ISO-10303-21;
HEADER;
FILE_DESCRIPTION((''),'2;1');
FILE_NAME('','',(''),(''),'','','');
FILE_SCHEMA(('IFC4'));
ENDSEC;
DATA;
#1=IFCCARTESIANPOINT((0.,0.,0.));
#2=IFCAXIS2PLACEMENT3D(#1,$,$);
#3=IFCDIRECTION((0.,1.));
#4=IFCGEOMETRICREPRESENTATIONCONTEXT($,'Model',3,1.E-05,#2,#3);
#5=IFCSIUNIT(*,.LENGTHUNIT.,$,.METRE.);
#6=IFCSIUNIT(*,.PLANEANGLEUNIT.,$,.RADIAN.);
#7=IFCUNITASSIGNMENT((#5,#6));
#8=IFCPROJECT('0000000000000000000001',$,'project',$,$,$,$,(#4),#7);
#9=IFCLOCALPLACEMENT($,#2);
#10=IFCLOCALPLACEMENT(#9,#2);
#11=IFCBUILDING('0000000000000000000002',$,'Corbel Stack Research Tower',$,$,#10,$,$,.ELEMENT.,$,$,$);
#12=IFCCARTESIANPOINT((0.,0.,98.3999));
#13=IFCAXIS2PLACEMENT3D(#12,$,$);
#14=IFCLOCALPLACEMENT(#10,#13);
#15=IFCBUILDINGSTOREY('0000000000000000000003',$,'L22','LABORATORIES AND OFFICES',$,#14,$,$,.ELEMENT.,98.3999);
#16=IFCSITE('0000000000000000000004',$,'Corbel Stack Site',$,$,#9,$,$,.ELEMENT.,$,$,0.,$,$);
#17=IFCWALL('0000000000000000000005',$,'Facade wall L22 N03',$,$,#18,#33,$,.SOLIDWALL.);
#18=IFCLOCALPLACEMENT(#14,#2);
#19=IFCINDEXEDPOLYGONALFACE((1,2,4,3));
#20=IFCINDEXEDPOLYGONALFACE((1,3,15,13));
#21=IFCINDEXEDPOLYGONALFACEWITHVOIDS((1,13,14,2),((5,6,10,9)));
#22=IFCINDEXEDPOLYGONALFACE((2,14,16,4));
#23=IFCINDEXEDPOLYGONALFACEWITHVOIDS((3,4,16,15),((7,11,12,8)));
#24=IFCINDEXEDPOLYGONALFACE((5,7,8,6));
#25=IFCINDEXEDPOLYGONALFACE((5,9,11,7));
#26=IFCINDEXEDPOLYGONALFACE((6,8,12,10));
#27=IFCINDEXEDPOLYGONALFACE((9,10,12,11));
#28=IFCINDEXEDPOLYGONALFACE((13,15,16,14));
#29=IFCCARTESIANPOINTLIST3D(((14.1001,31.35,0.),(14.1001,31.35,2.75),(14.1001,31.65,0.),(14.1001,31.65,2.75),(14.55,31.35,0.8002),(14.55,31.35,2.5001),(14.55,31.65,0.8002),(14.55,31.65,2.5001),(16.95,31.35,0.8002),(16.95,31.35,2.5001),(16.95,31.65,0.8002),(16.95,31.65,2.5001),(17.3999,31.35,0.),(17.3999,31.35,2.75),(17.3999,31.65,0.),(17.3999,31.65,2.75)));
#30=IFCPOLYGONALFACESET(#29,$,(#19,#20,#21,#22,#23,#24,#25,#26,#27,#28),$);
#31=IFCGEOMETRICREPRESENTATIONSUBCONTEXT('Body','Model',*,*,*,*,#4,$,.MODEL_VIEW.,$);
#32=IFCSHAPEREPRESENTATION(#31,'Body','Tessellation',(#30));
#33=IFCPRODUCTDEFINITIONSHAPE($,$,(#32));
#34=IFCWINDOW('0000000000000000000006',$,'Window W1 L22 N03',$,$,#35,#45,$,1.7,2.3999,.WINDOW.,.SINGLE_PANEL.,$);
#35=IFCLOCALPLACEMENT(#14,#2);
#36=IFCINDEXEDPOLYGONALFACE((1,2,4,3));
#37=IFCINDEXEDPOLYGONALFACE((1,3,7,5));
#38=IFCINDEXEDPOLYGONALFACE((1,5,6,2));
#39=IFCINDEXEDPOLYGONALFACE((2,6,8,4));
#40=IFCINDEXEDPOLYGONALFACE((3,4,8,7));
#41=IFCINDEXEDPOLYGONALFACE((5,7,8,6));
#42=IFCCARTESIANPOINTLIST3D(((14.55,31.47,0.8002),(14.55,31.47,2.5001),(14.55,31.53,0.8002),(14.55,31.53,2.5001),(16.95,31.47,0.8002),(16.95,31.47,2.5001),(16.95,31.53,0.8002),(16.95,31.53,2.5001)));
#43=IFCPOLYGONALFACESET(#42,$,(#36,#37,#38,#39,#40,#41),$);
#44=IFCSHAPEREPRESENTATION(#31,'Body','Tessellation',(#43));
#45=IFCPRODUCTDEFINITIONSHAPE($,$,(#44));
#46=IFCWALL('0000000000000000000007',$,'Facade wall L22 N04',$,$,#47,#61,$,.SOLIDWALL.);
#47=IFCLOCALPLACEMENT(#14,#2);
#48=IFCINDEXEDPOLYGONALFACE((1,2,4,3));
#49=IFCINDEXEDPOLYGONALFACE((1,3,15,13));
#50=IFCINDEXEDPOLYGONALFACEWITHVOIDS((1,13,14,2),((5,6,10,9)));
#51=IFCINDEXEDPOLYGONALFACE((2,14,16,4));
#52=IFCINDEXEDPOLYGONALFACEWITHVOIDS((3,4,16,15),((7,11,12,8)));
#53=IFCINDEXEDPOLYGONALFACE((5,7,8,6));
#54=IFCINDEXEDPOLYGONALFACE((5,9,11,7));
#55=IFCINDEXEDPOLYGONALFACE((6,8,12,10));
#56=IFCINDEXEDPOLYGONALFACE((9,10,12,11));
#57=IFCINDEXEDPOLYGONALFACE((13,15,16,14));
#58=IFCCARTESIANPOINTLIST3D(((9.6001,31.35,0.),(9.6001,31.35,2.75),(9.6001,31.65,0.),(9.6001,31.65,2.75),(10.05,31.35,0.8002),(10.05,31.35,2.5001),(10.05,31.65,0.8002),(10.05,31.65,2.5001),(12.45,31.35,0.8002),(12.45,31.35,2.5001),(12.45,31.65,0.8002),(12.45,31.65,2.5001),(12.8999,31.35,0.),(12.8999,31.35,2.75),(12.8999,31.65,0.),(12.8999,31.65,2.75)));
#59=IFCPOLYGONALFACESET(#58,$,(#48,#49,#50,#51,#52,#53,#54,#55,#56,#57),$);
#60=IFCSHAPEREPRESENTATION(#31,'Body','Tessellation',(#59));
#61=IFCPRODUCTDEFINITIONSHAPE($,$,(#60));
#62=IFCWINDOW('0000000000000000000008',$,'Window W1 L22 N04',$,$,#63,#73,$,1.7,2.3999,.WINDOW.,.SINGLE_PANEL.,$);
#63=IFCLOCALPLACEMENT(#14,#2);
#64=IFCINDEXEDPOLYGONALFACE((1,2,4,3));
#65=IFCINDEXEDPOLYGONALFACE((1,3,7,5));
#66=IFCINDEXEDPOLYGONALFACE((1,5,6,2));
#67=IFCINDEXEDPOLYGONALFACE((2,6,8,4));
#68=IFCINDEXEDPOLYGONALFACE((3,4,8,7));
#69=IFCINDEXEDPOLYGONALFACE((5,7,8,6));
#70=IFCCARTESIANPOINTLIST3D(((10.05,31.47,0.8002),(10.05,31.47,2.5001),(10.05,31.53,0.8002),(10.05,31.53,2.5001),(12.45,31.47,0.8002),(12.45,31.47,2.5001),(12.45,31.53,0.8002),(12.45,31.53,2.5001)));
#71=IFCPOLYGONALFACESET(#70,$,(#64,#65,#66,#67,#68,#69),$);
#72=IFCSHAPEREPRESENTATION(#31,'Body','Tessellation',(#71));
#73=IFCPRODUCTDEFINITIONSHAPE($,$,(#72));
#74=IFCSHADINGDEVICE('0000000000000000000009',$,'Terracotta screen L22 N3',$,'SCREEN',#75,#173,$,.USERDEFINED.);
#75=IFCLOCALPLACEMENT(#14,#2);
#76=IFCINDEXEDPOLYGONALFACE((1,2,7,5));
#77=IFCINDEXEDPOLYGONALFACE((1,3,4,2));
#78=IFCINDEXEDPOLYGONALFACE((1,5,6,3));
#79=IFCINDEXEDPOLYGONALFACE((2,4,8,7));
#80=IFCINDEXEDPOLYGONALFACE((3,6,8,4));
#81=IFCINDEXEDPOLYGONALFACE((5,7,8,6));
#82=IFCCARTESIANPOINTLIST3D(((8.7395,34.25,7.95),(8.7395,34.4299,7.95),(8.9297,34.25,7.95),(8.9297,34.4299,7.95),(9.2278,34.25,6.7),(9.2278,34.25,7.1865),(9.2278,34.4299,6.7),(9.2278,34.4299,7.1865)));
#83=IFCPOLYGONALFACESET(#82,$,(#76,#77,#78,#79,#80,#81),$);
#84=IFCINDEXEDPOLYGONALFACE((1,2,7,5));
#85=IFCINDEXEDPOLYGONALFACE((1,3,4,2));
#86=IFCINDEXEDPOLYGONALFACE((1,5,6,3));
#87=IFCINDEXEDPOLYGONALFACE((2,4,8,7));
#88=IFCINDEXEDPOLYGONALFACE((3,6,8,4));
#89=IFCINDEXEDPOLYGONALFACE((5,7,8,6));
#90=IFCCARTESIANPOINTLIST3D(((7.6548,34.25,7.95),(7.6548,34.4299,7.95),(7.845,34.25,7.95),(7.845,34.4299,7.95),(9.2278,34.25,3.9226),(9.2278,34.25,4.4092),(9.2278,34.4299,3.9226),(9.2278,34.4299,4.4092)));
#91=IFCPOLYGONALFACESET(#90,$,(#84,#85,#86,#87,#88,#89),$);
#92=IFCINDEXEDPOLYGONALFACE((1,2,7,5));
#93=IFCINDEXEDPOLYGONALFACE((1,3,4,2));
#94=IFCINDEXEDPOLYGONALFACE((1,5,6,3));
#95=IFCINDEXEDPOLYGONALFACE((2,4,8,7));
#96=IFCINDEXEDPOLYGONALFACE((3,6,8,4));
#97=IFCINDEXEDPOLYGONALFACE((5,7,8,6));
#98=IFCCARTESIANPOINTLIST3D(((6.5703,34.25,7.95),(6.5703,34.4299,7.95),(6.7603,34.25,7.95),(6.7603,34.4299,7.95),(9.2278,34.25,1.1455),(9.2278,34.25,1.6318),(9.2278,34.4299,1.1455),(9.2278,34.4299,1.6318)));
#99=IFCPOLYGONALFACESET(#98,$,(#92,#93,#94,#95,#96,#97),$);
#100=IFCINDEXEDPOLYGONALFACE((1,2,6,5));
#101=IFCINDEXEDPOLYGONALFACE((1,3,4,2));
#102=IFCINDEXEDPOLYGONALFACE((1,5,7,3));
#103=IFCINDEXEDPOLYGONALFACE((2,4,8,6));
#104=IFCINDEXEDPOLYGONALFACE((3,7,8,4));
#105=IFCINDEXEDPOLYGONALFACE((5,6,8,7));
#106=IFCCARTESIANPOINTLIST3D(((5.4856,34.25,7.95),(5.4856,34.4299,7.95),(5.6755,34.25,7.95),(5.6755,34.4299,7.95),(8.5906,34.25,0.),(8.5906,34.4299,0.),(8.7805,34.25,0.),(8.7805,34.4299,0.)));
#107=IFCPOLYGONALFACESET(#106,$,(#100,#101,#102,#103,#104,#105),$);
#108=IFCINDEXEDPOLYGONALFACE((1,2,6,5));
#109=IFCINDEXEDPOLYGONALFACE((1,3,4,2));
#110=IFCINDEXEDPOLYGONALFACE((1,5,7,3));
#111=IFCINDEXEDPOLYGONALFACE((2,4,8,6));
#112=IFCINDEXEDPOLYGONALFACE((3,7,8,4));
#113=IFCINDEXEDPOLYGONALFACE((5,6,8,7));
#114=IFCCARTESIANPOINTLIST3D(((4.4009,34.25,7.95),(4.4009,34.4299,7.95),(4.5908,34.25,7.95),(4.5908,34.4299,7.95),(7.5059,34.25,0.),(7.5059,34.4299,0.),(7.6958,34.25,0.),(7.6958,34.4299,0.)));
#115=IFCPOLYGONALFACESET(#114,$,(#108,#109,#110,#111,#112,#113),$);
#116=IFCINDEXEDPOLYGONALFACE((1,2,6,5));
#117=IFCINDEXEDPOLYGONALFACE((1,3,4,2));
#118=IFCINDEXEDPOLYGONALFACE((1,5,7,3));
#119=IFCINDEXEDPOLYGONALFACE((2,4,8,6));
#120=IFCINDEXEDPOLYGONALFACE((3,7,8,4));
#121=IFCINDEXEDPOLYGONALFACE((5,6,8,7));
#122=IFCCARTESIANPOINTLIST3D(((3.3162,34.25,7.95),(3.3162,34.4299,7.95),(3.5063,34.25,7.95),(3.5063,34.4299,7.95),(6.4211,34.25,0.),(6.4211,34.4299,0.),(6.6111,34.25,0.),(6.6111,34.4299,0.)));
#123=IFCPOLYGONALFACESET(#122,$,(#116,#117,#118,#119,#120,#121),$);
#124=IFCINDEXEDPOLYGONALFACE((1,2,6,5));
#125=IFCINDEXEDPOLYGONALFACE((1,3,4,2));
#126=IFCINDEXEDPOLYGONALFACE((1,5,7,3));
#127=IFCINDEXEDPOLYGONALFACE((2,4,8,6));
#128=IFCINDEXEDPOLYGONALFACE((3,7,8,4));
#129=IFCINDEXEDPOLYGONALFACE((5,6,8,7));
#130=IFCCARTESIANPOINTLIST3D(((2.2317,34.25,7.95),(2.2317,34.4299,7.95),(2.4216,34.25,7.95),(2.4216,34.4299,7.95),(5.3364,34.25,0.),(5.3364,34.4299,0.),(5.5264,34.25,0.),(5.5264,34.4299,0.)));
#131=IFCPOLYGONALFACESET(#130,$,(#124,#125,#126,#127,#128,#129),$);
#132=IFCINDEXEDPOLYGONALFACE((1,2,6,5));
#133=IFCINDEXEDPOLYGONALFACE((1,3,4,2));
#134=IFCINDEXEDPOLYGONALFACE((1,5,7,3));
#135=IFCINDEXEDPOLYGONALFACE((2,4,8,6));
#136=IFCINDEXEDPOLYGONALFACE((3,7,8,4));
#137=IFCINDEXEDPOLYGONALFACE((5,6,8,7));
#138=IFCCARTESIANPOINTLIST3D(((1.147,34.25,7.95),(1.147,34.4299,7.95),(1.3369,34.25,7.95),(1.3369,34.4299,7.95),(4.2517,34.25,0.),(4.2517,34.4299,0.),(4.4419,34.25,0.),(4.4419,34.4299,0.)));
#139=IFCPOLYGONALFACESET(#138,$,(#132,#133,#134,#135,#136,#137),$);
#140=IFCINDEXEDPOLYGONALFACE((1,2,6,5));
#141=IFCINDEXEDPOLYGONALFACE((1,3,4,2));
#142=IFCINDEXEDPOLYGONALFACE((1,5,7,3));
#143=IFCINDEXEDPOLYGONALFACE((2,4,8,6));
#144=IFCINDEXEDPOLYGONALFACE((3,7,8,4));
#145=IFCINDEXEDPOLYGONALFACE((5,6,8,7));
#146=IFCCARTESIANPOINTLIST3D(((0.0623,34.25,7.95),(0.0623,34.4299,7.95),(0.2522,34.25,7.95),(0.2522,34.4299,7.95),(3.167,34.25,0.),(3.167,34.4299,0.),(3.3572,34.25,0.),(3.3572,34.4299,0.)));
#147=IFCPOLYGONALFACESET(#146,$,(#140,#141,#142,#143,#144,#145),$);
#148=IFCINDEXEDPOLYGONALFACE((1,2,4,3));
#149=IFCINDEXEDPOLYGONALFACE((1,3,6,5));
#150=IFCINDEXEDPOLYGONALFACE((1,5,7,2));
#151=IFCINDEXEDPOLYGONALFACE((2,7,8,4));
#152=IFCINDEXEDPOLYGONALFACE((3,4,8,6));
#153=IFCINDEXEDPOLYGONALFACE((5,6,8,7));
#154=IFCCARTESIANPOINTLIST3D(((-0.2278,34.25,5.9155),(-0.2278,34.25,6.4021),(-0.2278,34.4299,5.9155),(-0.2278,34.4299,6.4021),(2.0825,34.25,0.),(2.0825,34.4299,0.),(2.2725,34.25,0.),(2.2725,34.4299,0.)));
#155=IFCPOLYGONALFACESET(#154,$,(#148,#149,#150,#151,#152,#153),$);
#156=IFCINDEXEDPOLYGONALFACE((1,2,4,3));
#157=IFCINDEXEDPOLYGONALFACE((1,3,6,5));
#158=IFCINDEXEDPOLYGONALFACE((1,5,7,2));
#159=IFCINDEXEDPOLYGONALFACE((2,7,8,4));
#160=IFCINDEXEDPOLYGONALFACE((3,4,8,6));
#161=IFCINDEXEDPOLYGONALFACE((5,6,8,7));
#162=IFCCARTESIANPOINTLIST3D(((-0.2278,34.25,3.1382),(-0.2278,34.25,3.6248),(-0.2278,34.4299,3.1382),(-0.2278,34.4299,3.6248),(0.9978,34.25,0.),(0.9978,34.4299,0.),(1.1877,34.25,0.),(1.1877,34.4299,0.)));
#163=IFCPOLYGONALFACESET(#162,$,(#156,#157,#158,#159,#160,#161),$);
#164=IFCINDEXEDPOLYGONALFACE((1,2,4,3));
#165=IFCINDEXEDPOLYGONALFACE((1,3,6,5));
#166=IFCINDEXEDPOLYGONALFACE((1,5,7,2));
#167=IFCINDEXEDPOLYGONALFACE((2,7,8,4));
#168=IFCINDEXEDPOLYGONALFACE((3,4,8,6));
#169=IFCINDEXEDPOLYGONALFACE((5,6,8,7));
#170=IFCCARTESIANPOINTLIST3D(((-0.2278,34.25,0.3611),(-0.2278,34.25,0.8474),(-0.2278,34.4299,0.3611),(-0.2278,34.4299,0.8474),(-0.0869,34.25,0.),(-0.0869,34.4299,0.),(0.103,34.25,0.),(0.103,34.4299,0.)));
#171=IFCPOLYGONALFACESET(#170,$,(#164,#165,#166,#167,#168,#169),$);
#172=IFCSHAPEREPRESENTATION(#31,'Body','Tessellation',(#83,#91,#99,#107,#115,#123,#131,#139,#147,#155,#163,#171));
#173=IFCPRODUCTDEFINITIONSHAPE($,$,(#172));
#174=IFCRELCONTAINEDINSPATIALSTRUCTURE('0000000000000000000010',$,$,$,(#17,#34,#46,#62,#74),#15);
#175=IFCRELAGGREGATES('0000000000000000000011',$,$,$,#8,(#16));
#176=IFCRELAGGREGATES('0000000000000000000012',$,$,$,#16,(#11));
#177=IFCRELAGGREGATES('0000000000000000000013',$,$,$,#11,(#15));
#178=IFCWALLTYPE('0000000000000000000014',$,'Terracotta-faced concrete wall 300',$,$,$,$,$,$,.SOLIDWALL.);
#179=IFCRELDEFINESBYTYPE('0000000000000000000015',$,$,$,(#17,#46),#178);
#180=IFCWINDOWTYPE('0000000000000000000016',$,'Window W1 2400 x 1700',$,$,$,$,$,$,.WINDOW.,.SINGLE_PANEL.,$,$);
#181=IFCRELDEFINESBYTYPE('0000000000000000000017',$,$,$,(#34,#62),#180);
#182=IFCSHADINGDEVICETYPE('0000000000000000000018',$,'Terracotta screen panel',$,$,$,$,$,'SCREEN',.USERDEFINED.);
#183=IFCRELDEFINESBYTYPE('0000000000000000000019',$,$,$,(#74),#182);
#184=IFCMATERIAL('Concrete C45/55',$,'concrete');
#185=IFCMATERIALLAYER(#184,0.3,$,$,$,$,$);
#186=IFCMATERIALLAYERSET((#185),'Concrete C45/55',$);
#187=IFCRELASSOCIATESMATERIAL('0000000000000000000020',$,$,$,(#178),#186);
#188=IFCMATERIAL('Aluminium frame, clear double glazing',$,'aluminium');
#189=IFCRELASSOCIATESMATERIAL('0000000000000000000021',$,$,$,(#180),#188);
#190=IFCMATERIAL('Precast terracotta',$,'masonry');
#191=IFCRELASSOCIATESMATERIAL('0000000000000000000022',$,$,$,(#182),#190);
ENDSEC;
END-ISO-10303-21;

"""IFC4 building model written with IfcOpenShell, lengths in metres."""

from ifc_helpers import new_model, si_unit, direction, frame, frame_2d, origin, place, context, subcontext, project, spatial, polyline, rectangle, outline, extrude, source, transform, mapped, material, layer, layer_set, type_object, element, fill, save


model = new_model("IFC4")

# Units and contexts
model_context = context("Model", 3, precision=1e-05, world=origin(), true_north=direction((0.0, 1.0)))
body_context = subcontext(model_context, "Body", "Model", "MODEL_VIEW")
ifc_project = project(units=[si_unit("LENGTHUNIT", "METRE"), si_unit("PLANEANGLEUNIT", "RADIAN")], contexts=[model_context])

# Site, building, storey
site_placement = place(None, origin())
site = spatial("IfcSite", under=ifc_project, at=site_placement, Name="Corbel Stack Site", CompositionType="ELEMENT", RefElevation=0.0)
building_placement = place(site_placement, origin())
building = spatial("IfcBuilding", under=site, at=building_placement, Name="Corbel Stack Research Tower", CompositionType="ELEMENT")
storey_placement = place(building_placement, frame((0.0, 0.0, 98.3999)))
storey = spatial("IfcBuildingStorey", under=building, at=storey_placement, Name="L22", Description="LABORATORIES AND OFFICES", CompositionType="ELEMENT", Elevation=98.3999)

# Walls, openings, windows
ifc_material_1 = material(Name="Concrete C45/55", Category="concrete")
ifc_layer_1 = layer(ifc_material_1, 0.3)
ifc_layer_set_1 = layer_set([ifc_layer_1], Name="Concrete C45/55")
wall_type_1 = type_object("IfcWallType", Name="Terracotta-faced concrete wall 300", PredefinedType="SOLIDWALL", material=ifc_layer_set_1)
wall_1_placement = place(storey_placement, frame((14.1001, 31.5, 0.0), z_axis=(0.0, 0.0, 1.0), x_axis=(1.0, 0.0, 0.0)))
wall_1 = element("IfcWall", 1, at=wall_1_placement, inside=storey, type_object=wall_type_1, Name="Facade wall L22 N03", PredefinedType="SOLIDWALL", context=body_context, shape_type="SweptSolid", body=[
    extrude(rectangle(XDim=3.2998, YDim=0.3, at=frame_2d((1.6499, 0.0))), origin(), (0.0, 0.0, 1.0), 2.75),
])
opening_1_placement = place(wall_1_placement, frame((0.45, 0.0, 0.8)))
opening_1 = element("IfcOpeningElement", 2, at=opening_1_placement, cuts=wall_1, PredefinedType="OPENING", context=body_context, shape_type="SweptSolid", body=[
    extrude(rectangle(XDim=2.3999, YDim=1.7, at=frame_2d((1.2, 0.8501))), frame((0.0, 0.1599, 0.0), z_axis=(0.0, -1.0, 0.0), x_axis=(1.0, 0.0, 0.0)), (0.0, 0.0, 1.0), 0.3201),
])
ifc_material_2 = material(Name="Aluminium frame, clear double glazing", Category="aluminium")
window_type = type_object("IfcWindowType", Name="Window W1 2400 x 1700", PartitioningType="SINGLE_PANEL", PredefinedType="WINDOW", material=ifc_material_2)
window_1_placement = place(opening_1_placement, origin())
window_1 = element("IfcWindow", 3, at=window_1_placement, inside=storey, type_object=window_type, Name="Window W1 L22 N03", OverallHeight=1.7, OverallWidth=2.3999, PartitioningType="SINGLE_PANEL", PredefinedType="WINDOW", context=body_context, shape_type="SweptSolid", body=[
    extrude(rectangle(XDim=2.3999, YDim=1.7, at=frame_2d((1.2, 0.8501))), frame((0.0, 0.03, 0.0), z_axis=(0.0, -1.0, 0.0), x_axis=(1.0, 0.0, 0.0)), (0.0, 0.0, 1.0), 0.0601),
])
fill(opening_1, window_1)
wall_2_placement = place(storey_placement, frame((9.6001, 31.5, 0.0), z_axis=(0.0, 0.0, 1.0), x_axis=(1.0, 0.0, 0.0)))
wall_2 = element("IfcWall", 4, at=wall_2_placement, inside=storey, type_object=wall_type_1, Name="Facade wall L22 N04", PredefinedType="SOLIDWALL", context=body_context, shape_type="SweptSolid", body=[
    extrude(rectangle(XDim=3.2998, YDim=0.3, at=frame_2d((1.6499, 0.0))), origin(), (0.0, 0.0, 1.0), 2.75),
])
opening_2_placement = place(wall_2_placement, frame((0.45, 0.0, 0.8)))
opening_2 = element("IfcOpeningElement", 5, at=opening_2_placement, cuts=wall_2, PredefinedType="OPENING", context=body_context, shape_type="SweptSolid", body=[
    extrude(rectangle(XDim=2.3999, YDim=1.7, at=frame_2d((1.2, 0.8501))), frame((0.0, 0.1599, 0.0), z_axis=(0.0, -1.0, 0.0), x_axis=(1.0, 0.0, 0.0)), (0.0, 0.0, 1.0), 0.3201),
])
window_2_placement = place(opening_2_placement, origin())
window_2 = element("IfcWindow", 6, at=window_2_placement, inside=storey, type_object=window_type, Name="Window W1 L22 N04", OverallHeight=1.7, OverallWidth=2.3999, PartitioningType="SINGLE_PANEL", PredefinedType="WINDOW", context=body_context, shape_type="SweptSolid", body=[
    extrude(rectangle(XDim=2.3999, YDim=1.7, at=frame_2d((1.2, 0.8501))), frame((0.0, 0.03, 0.0), z_axis=(0.0, -1.0, 0.0), x_axis=(1.0, 0.0, 0.0)), (0.0, 0.0, 1.0), 0.0601),
])
fill(opening_2, window_2)

# Shading device
ifc_material_3 = material(Name="Precast terracotta", Category="masonry")
shading_device_type = type_object("IfcShadingDeviceType", Name="Terracotta screen panel", ElementType="SCREEN", PredefinedType="USERDEFINED", material=ifc_material_3)
shared_shape = source(origin(), body_context, "Body", "SweptSolid", [
    extrude(outline(polyline([(0.4883, 7.95), (0.2981, 7.95), (0.0, 7.1865), (0.0, 6.7), (0.4883, 7.95)])), frame((0.0, 0.0, 0.0), z_axis=(0.0, -1.0, 0.0), x_axis=(1.0, 0.0, 0.0)), (0.0, 0.0, 1.0), 0.1799),
    extrude(outline(polyline([(1.573, 7.95), (1.3828, 7.95), (0.0, 4.4092), (0.0, 3.9226), (1.573, 7.95)])), frame((0.0, 0.0, 0.0), z_axis=(0.0, -1.0, 0.0), x_axis=(1.0, 0.0, 0.0)), (0.0, 0.0, 1.0), 0.1799),
    extrude(outline(polyline([(2.6575, 7.95), (2.4675, 7.95), (0.0, 1.6318), (0.0, 1.1455), (2.6575, 7.95)])), frame((0.0, 0.0, 0.0), z_axis=(0.0, -1.0, 0.0), x_axis=(1.0, 0.0, 0.0)), (0.0, 0.0, 1.0), 0.1799),
    extrude(outline(polyline([(0.6372, 0.0), (3.7422, 7.95), (3.5522, 7.95), (0.4473, 0.0), (0.6372, 0.0)])), frame((0.0, 0.0, 0.0), z_axis=(0.0, -1.0, 0.0), x_axis=(1.0, 0.0, 0.0)), (0.0, 0.0, 1.0), 0.1799),
    extrude(outline(polyline([(1.7219, 0.0), (4.8269, 7.95), (4.637, 7.95), (1.532, 0.0), (1.7219, 0.0)])), frame((0.0, 0.0, 0.0), z_axis=(0.0, -1.0, 0.0), x_axis=(1.0, 0.0, 0.0)), (0.0, 0.0, 1.0), 0.1799),
    extrude(outline(polyline([(2.8066, 0.0), (5.9116, 7.95), (5.7214, 7.95), (2.6167, 0.0), (2.8066, 0.0)])), frame((0.0, 0.0, 0.0), z_axis=(0.0, -1.0, 0.0), x_axis=(1.0, 0.0, 0.0)), (0.0, 0.0, 1.0), 0.1799),
    extrude(outline(polyline([(3.8914, 0.0), (6.9961, 7.95), (6.8062, 7.95), (3.7014, 0.0), (3.8914, 0.0)])), frame((0.0, 0.0, 0.0), z_axis=(0.0, -1.0, 0.0), x_axis=(1.0, 0.0, 0.0)), (0.0, 0.0, 1.0), 0.1799),
    extrude(outline(polyline([(4.9761, 0.0), (8.0808, 7.95), (7.8909, 7.95), (4.7859, 0.0), (4.9761, 0.0)])), frame((0.0, 0.0, 0.0), z_axis=(0.0, -1.0, 0.0), x_axis=(1.0, 0.0, 0.0)), (0.0, 0.0, 1.0), 0.1799),
    extrude(outline(polyline([(6.0608, 0.0), (9.1655, 7.95), (8.9756, 7.95), (5.8706, 0.0), (6.0608, 0.0)])), frame((0.0, 0.0, 0.0), z_axis=(0.0, -1.0, 0.0), x_axis=(1.0, 0.0, 0.0)), (0.0, 0.0, 1.0), 0.1799),
    extrude(outline(polyline([(7.1453, 0.0), (9.4556, 5.9155), (9.4556, 6.4021), (6.9553, 0.0), (7.1453, 0.0)])), frame((0.0, 0.0, 0.0), z_axis=(0.0, -1.0, 0.0), x_axis=(1.0, 0.0, 0.0)), (0.0, 0.0, 1.0), 0.1799),
    extrude(outline(polyline([(8.23, 0.0), (9.4556, 3.1382), (9.4556, 3.6248), (8.04, 0.0), (8.23, 0.0)])), frame((0.0, 0.0, 0.0), z_axis=(0.0, -1.0, 0.0), x_axis=(1.0, 0.0, 0.0)), (0.0, 0.0, 1.0), 0.1799),
    extrude(outline(polyline([(9.3147, 0.0), (9.4556, 0.3611), (9.4556, 0.8474), (9.1248, 0.0), (9.3147, 0.0)])), frame((0.0, 0.0, 0.0), z_axis=(0.0, -1.0, 0.0), x_axis=(1.0, 0.0, 0.0)), (0.0, 0.0, 1.0), 0.1799),
])
shading_device_placement = place(storey_placement, frame((9.2278, 34.25, 0.0), z_axis=(0.0, 0.0, 1.0), x_axis=(-1.0, 0.0, 0.0)))
element("IfcShadingDevice", 7, at=shading_device_placement, inside=storey, type_object=shading_device_type, Name="Terracotta screen L22 N3", ObjectType="SCREEN", PredefinedType="USERDEFINED", context=body_context, shape_type="MappedRepresentation", body=[
    mapped(shared_shape, transform((0.0, 0.0, 0.0))),
])

save(model, "model.ifc")
